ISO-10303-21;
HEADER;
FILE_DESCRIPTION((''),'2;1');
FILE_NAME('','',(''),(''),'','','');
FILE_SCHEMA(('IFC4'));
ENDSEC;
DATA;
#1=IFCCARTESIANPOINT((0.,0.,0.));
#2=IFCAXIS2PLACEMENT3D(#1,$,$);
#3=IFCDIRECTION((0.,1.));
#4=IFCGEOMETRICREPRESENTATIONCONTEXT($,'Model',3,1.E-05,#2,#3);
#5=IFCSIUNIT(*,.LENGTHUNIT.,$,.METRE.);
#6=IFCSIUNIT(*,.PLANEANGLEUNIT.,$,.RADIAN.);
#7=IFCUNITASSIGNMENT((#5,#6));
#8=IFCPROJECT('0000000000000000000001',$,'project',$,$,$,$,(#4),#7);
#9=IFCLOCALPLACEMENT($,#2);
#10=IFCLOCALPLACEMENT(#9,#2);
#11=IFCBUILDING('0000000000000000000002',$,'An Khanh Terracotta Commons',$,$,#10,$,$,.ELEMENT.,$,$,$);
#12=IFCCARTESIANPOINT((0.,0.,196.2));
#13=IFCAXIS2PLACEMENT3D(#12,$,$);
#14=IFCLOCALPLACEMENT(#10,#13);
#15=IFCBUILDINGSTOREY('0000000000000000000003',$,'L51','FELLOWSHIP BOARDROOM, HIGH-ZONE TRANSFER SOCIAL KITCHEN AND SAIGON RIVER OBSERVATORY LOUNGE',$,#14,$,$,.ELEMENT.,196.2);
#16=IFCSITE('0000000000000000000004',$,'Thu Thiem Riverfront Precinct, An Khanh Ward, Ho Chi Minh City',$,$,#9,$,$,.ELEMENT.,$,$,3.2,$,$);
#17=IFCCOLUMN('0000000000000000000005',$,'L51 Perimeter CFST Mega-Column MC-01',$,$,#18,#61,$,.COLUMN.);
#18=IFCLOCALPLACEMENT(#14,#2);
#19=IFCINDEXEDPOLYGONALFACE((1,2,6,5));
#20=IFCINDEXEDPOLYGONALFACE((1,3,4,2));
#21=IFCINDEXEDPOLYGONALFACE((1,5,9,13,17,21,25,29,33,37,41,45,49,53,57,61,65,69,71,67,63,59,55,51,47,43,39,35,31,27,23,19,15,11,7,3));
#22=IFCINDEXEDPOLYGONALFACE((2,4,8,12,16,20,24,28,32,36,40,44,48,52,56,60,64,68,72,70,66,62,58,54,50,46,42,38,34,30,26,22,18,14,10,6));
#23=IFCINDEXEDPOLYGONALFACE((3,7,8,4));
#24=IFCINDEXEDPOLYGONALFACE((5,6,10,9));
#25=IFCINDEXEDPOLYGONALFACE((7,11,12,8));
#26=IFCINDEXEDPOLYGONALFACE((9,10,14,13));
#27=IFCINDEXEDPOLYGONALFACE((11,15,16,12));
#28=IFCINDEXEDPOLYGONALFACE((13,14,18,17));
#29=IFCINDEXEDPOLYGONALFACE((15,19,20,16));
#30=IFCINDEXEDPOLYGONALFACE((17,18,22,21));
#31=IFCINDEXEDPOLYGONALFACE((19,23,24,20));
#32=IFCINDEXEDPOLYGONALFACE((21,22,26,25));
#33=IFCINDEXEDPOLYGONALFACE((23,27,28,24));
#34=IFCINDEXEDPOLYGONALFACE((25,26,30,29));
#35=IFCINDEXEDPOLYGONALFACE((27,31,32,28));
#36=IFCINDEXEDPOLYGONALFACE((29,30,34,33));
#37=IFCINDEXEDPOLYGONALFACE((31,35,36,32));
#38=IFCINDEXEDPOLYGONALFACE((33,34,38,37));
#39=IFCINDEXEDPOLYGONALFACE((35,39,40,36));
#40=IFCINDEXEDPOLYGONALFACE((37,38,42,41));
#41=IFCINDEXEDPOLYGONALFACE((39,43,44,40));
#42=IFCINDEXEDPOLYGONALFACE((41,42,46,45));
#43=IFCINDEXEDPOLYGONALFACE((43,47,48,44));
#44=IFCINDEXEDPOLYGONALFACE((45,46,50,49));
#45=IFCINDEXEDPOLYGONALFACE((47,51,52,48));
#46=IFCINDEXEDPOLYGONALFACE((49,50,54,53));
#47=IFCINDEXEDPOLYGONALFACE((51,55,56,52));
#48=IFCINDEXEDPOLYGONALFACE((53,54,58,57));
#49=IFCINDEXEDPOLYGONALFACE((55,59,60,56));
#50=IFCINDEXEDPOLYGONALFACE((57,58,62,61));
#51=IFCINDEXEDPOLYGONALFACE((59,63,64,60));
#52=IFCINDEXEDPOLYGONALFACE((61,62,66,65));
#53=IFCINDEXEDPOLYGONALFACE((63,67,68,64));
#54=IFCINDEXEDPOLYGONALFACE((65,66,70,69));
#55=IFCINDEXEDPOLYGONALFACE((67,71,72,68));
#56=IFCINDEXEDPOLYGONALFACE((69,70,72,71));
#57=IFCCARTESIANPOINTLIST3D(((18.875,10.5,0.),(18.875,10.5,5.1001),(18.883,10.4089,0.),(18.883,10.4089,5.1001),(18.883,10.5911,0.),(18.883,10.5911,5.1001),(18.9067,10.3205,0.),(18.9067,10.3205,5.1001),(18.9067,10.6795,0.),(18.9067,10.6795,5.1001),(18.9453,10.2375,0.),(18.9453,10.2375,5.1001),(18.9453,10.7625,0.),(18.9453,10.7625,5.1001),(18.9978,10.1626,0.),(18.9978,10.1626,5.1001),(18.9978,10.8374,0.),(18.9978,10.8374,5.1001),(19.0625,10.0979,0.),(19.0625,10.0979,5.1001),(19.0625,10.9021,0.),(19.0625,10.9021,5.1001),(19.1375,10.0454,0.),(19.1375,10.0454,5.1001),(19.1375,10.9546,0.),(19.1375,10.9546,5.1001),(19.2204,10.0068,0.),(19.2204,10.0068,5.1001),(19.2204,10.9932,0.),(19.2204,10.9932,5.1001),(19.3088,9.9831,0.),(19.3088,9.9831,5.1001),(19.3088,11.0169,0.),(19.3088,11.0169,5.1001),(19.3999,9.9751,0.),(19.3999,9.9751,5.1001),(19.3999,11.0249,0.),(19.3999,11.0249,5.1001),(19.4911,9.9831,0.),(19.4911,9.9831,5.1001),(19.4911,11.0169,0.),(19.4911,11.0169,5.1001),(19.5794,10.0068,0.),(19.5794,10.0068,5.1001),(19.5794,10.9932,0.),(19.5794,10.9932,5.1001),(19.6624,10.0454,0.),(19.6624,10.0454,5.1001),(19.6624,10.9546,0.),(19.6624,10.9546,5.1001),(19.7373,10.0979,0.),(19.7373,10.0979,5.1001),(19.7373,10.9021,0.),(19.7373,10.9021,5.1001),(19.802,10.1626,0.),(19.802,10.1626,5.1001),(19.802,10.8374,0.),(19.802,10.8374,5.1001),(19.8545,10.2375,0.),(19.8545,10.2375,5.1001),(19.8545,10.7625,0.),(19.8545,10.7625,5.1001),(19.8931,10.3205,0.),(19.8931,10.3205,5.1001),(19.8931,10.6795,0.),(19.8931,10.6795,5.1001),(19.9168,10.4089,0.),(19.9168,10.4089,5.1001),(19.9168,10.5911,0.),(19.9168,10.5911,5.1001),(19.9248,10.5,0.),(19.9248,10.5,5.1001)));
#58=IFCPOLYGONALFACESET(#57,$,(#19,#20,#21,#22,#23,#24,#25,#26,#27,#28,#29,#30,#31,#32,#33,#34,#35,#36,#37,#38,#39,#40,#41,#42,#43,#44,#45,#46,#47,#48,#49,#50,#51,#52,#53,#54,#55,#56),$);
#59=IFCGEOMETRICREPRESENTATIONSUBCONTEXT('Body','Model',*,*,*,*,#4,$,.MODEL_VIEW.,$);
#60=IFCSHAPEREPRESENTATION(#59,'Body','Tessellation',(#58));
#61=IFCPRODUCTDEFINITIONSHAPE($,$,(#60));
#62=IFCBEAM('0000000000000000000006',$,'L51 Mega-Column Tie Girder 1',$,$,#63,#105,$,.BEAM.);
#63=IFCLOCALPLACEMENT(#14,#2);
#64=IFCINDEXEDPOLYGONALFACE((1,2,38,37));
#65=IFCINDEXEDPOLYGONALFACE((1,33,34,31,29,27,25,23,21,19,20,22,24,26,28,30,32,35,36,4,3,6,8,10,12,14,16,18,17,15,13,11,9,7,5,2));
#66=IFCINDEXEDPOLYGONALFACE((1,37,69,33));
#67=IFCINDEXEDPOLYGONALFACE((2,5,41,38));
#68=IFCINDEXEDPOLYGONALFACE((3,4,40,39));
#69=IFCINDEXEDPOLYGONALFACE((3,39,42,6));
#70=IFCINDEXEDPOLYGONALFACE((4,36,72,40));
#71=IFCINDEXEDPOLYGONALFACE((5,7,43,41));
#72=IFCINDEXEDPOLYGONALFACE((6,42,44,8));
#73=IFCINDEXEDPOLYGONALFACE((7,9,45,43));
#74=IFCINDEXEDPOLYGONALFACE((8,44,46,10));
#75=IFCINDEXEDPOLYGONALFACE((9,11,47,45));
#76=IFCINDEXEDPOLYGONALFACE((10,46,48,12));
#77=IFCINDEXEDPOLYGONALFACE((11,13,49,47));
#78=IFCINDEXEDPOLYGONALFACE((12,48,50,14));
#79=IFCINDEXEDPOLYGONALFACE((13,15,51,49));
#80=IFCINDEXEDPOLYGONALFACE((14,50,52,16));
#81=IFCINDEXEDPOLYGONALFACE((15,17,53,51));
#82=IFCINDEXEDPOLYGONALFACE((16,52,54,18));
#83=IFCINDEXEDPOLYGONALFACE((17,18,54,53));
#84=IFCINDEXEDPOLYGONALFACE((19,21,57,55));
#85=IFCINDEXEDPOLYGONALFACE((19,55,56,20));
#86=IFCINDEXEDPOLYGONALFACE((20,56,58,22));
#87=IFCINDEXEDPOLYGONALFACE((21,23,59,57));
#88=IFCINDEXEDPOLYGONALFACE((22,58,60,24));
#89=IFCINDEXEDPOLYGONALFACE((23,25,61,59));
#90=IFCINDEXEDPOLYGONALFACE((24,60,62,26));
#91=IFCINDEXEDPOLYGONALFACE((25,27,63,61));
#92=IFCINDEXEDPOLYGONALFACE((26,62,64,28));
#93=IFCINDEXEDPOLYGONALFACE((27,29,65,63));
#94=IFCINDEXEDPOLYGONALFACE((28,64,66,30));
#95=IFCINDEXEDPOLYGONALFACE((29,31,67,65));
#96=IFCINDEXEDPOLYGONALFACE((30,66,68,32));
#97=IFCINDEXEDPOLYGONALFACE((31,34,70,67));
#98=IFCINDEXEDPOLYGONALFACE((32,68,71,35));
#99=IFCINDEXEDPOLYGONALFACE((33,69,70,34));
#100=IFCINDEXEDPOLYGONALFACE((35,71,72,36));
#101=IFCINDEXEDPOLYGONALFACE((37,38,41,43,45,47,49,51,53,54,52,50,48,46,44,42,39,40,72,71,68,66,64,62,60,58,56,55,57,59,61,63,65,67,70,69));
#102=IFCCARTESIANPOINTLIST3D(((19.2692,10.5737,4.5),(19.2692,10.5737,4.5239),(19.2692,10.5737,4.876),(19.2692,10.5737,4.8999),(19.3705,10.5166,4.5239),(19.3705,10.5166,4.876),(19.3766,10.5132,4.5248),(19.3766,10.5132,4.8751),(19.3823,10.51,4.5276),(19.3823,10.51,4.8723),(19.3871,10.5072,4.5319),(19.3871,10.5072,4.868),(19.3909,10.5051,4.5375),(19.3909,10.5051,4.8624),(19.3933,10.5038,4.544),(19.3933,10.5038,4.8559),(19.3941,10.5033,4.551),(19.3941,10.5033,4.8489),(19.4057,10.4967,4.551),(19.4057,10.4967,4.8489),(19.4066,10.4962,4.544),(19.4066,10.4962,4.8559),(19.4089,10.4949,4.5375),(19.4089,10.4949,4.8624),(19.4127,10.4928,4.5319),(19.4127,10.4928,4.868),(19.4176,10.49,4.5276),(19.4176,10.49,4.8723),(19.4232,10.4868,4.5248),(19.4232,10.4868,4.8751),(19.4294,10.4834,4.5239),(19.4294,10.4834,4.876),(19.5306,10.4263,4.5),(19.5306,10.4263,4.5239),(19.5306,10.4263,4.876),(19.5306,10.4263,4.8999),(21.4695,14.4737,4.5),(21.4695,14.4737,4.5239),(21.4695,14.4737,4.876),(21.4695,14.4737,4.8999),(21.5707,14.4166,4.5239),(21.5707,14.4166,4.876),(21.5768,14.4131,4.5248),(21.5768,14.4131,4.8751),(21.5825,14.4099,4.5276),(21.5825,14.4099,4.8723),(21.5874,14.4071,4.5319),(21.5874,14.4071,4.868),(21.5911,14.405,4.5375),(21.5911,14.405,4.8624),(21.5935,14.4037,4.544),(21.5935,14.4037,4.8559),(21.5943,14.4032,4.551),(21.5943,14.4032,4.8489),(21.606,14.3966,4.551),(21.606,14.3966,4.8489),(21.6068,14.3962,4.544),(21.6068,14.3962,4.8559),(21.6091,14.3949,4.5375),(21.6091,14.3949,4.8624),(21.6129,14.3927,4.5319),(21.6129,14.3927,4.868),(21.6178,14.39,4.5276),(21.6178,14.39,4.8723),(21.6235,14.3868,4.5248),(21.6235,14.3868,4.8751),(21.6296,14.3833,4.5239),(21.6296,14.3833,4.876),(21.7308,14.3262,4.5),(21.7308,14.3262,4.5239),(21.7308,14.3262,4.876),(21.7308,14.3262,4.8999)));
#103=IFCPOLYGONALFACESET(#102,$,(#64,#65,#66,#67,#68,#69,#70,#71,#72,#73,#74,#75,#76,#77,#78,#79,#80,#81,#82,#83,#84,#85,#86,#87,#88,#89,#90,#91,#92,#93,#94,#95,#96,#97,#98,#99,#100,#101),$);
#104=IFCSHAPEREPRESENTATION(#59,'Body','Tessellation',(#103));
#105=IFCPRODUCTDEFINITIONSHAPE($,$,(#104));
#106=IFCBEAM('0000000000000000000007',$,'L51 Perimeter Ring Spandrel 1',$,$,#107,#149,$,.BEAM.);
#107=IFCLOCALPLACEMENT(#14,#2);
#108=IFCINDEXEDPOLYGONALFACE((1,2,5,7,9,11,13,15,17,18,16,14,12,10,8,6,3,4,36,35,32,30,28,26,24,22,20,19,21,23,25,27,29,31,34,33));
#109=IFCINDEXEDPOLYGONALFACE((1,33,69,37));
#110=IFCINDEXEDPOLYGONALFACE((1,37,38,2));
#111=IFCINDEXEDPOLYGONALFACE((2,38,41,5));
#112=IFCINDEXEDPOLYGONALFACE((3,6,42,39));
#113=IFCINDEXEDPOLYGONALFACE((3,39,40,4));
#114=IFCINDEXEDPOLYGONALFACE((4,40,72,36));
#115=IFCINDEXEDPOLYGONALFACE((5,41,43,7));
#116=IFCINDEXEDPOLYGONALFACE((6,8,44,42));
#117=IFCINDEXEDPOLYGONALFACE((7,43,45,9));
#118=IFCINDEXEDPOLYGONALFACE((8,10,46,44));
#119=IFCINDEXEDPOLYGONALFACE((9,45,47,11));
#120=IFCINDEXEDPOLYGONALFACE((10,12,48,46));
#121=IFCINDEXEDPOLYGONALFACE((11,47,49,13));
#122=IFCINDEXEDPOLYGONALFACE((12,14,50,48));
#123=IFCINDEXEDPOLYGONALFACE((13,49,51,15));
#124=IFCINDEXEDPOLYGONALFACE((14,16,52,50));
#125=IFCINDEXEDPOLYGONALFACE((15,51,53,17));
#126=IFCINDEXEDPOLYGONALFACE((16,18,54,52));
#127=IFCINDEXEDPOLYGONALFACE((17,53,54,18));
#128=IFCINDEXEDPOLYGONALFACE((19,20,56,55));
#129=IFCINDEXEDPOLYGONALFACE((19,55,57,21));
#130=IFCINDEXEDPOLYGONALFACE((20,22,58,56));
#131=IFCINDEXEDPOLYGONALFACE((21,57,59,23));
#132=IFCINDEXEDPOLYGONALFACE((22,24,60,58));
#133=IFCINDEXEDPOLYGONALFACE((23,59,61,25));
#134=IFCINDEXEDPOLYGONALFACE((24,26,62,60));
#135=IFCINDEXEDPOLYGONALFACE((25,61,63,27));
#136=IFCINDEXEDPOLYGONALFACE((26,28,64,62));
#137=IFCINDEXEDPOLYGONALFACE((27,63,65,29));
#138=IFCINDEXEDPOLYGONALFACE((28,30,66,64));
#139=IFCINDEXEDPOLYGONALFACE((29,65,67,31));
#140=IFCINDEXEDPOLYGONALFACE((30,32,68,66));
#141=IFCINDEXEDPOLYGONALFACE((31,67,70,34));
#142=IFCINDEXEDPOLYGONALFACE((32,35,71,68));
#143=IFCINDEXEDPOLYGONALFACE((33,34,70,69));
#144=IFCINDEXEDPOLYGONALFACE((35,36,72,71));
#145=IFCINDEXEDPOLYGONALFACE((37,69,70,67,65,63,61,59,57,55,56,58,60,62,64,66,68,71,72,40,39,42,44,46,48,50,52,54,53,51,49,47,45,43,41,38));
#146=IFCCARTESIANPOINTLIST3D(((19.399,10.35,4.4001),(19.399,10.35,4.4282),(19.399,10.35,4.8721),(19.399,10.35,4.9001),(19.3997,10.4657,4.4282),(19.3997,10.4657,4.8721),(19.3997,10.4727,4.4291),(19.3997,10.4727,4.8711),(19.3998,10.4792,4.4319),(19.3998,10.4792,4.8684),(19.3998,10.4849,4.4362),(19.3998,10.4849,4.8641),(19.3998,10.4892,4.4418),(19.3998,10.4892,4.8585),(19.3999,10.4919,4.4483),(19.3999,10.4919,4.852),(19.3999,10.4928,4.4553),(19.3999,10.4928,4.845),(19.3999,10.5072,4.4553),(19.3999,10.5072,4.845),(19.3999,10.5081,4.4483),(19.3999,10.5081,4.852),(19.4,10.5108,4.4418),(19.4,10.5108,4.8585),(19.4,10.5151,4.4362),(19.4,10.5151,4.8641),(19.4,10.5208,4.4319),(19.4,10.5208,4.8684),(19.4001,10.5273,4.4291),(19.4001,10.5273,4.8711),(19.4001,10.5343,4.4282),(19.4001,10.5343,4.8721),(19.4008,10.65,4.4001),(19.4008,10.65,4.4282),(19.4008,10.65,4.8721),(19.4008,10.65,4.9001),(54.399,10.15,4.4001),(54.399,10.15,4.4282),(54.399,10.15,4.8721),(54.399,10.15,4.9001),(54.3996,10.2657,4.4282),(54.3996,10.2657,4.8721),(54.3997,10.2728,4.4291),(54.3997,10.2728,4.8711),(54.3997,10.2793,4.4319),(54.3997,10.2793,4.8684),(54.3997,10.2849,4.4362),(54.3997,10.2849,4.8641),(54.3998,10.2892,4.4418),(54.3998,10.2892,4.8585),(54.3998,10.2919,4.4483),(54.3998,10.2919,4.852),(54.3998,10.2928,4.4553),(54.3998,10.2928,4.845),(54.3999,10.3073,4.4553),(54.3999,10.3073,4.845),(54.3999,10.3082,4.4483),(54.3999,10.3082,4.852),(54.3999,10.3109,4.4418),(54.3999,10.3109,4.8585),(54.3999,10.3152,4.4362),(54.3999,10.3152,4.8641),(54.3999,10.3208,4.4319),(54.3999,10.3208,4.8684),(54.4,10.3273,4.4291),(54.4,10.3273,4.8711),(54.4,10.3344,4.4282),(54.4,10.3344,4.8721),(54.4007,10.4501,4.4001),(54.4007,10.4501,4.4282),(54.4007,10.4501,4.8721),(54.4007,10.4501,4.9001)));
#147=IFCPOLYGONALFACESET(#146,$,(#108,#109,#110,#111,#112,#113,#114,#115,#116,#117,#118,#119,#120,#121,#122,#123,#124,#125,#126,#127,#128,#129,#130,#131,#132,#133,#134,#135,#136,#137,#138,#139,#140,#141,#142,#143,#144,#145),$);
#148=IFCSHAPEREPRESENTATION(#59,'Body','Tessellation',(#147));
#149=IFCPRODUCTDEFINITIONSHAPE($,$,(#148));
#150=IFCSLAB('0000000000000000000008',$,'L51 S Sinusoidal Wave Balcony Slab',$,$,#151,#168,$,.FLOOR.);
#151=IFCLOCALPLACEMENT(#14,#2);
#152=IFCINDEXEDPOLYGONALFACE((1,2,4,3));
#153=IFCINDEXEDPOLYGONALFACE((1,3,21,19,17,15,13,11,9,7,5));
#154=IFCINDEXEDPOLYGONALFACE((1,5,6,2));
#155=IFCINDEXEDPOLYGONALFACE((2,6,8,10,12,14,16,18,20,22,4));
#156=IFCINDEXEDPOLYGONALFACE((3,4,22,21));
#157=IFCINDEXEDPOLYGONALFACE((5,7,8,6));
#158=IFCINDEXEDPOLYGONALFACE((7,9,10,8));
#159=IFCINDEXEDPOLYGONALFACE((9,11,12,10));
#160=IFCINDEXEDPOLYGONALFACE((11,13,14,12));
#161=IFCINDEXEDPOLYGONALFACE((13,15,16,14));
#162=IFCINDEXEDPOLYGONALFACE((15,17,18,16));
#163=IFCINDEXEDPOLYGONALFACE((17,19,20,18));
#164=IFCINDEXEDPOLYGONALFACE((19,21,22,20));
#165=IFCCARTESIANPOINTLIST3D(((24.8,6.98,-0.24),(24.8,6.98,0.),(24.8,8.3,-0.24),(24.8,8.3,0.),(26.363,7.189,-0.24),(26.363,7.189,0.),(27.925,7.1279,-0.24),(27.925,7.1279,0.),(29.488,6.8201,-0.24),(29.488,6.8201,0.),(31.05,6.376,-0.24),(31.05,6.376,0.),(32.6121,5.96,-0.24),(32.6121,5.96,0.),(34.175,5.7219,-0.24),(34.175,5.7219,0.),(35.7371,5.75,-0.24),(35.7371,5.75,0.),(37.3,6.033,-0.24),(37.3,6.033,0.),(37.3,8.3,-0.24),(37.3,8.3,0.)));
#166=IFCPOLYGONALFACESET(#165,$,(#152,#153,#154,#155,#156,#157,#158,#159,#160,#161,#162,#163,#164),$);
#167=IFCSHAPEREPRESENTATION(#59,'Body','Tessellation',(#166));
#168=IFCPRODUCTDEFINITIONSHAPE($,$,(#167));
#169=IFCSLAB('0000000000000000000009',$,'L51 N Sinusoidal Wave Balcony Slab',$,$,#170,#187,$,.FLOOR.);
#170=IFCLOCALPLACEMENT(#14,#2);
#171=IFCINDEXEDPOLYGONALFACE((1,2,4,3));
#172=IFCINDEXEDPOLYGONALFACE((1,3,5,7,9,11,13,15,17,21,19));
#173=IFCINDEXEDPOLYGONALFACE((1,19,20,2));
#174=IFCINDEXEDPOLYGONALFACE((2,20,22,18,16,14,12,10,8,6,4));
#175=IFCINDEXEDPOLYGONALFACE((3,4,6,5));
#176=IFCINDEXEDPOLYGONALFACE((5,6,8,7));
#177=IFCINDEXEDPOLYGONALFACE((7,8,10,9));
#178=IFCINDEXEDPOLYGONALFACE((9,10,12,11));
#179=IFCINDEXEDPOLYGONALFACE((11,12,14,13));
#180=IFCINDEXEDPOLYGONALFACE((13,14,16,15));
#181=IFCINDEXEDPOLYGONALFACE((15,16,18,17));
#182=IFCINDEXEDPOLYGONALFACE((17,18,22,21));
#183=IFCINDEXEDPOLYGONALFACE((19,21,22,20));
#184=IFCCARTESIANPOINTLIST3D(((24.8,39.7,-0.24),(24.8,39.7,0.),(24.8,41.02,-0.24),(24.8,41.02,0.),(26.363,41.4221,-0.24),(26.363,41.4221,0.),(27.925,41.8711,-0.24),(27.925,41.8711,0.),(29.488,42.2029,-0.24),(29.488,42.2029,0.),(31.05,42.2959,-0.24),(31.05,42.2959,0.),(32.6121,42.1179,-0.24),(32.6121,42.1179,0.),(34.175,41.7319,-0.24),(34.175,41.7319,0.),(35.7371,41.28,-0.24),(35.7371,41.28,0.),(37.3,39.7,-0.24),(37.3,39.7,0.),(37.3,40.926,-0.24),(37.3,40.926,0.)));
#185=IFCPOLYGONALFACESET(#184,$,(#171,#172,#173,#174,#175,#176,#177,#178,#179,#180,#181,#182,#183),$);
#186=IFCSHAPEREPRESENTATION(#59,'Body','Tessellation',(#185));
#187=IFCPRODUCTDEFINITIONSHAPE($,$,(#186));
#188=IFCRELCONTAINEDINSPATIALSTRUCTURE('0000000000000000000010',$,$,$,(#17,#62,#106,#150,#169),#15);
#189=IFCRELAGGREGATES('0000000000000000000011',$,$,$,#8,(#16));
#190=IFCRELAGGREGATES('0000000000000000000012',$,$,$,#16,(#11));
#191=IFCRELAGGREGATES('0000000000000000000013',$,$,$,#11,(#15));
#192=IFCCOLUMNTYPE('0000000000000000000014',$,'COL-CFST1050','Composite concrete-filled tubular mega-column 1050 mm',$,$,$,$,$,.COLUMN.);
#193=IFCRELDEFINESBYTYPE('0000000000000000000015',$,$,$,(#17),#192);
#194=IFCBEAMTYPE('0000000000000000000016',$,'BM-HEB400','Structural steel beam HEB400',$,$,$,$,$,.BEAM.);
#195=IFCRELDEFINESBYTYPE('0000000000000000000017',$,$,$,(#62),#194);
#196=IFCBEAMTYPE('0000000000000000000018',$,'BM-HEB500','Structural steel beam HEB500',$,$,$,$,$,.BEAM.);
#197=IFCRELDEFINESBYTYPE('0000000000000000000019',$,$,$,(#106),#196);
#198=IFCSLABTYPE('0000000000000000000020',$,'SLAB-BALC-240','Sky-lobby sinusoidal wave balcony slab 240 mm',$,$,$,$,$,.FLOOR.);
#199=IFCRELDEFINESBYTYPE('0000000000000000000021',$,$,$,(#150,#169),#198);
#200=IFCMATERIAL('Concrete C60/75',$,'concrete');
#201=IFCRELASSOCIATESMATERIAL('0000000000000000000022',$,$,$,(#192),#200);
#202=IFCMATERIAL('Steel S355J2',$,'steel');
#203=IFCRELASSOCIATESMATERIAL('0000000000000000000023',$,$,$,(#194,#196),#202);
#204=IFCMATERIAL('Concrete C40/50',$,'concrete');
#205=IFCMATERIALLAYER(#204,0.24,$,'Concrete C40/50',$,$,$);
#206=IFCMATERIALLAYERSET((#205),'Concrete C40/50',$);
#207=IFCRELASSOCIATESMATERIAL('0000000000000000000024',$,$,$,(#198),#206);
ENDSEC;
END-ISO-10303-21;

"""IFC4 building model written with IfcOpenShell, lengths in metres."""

from ifc_helpers import new_model, si_unit, direction, frame, origin, origin_2d, place, context, subcontext, project, spatial, polyline, circle, i_section, outline, extrude, material, layer, layer_set, material_profile, profile_set, type_object, element, save


model = new_model("IFC4")

# Units and contexts
model_context = context("Model", 3, precision=1e-05, world=origin(), true_north=direction((0.0, 1.0)))
body_context = subcontext(model_context, "Body", "Model", "MODEL_VIEW")
ifc_project = project(units=[si_unit("LENGTHUNIT", "METRE"), si_unit("PLANEANGLEUNIT", "RADIAN")], contexts=[model_context])

# Site, building, storey
site_placement = place(None, origin())
site = spatial("IfcSite", under=ifc_project, at=site_placement, Name="Thu Thiem Riverfront Precinct, An Khanh Ward, Ho Chi Minh City", CompositionType="ELEMENT", RefElevation=3.2)
building_placement = place(site_placement, origin())
building = spatial("IfcBuilding", under=site, at=building_placement, Name="An Khanh Terracotta Commons", CompositionType="ELEMENT")
storey_placement = place(building_placement, frame((0.0, 0.0, 196.2)))
storey = spatial("IfcBuildingStorey", under=building, at=storey_placement, Name="L51", Description="FELLOWSHIP BOARDROOM, HIGH-ZONE TRANSFER SOCIAL KITCHEN AND SAIGON RIVER OBSERVATORY LOUNGE", CompositionType="ELEMENT", Elevation=196.2)

# Column
ifc_material_1 = material(Name="Concrete C60/75", Category="concrete")
ifc_material_profile_1 = material_profile(ifc_material_1, circle(Radius=0.5249, at=origin_2d()), Name="CFST1050")
ifc_profile_set_1 = profile_set([ifc_material_profile_1], Name="Concrete C60/75")
column_type = type_object("IfcColumnType", Name="COL-CFST1050", Description="Composite concrete-filled tubular mega-column 1050 mm", PredefinedType="COLUMN", material=ifc_profile_set_1)
column_placement = place(storey_placement, frame((19.3999, 10.5, 0.0), z_axis=(0.0, 0.0, 1.0), x_axis=(1.0, 0.0, 0.0)))
element("IfcColumn", 1, at=column_placement, inside=storey, type_object=column_type, Name="L51 Perimeter CFST Mega-Column MC-01", PredefinedType="COLUMN", context=body_context, shape_type="SweptSolid", body=[
    extrude(circle(Radius=0.5249, at=origin_2d()), origin(), (0.0, 0.0, 1.0), 5.1001),
])

# Beams
ifc_material_2 = material(Name="Steel S355J2", Category="steel")
ifc_material_profile_2 = material_profile(ifc_material_2, i_section(OverallWidth=0.3, OverallDepth=0.3999, WebThickness=0.0134, FlangeThickness=0.0239, FilletRadius=0.0271, at=origin_2d()), Name="HEB400")
ifc_profile_set_2 = profile_set([ifc_material_profile_2], Name="Steel S355J2")
beam_type_1 = type_object("IfcBeamType", Name="BM-HEB400", Description="Structural steel beam HEB400", PredefinedType="BEAM", material=ifc_profile_set_2)
beam_1_placement = place(storey_placement, frame((19.3999, 10.5, 4.7), z_axis=(0.491364, 0.870955, 0.0), x_axis=(-0.870955, 0.491364, 0.0)))
element("IfcBeam", 2, at=beam_1_placement, inside=storey, type_object=beam_type_1, Name="L51 Mega-Column Tie Girder 1", PredefinedType="BEAM", context=body_context, shape_type="SweptSolid", body=[
    extrude(i_section(OverallWidth=0.3, OverallDepth=0.3999, WebThickness=0.0134, FlangeThickness=0.0239, FilletRadius=0.0271, at=origin_2d()), origin(), (0.0, 0.0, 1.0), 4.4778),
])
ifc_material_profile_3 = material_profile(ifc_material_2, i_section(OverallWidth=0.3, OverallDepth=0.5, WebThickness=0.0144, FlangeThickness=0.0281, FilletRadius=0.0271, at=origin_2d()), Name="HEB500")
ifc_profile_set_3 = profile_set([ifc_material_profile_3], Name="Steel S355J2")
beam_type_2 = type_object("IfcBeamType", Name="BM-HEB500", Description="Structural steel beam HEB500", PredefinedType="BEAM", material=ifc_profile_set_3)
beam_2_placement = place(storey_placement, frame((19.3999, 10.5, 4.6501), z_axis=(0.999984, -0.005713, 0.0), x_axis=(0.005713, 0.999984, 0.0)))
element("IfcBeam", 3, at=beam_2_placement, inside=storey, type_object=beam_type_2, Name="L51 Perimeter Ring Spandrel 1", PredefinedType="BEAM", context=body_context, shape_type="SweptSolid", body=[
    extrude(i_section(OverallWidth=0.3, OverallDepth=0.5, WebThickness=0.0144, FlangeThickness=0.0281, FilletRadius=0.0271, at=origin_2d()), origin(), (0.0, 0.0, 1.0), 35.0005),
])

# Slabs
ifc_material_3 = material(Name="Concrete C40/50", Category="concrete")
ifc_layer_1 = layer(ifc_material_3, 0.24, Name="Concrete C40/50")
ifc_layer_set_1 = layer_set([ifc_layer_1], Name="Concrete C40/50")
slab_type_1 = type_object("IfcSlabType", Name="SLAB-BALC-240", Description="Sky-lobby sinusoidal wave balcony slab 240 mm", PredefinedType="FLOOR", material=ifc_layer_set_1)
slab_1_placement = place(storey_placement, frame((0.0, 0.0, -0.24)))
element("IfcSlab", 4, at=slab_1_placement, inside=storey, type_object=slab_type_1, Name="L51 S Sinusoidal Wave Balcony Slab", PredefinedType="FLOOR", context=body_context, shape_type="SweptSolid", body=[
    extrude(outline(polyline([(24.8, 8.3), (24.8, 6.98), (26.363, 7.189), (27.925, 7.1279), (29.488, 6.8201), (31.05, 6.376), (32.6121, 5.96), (34.175, 5.7219), (35.7371, 5.75), (37.3, 6.033), (37.3, 8.3), (24.8, 8.3)])), origin(), (0.0, 0.0, 1.0), 0.24),
])
slab_2_placement = place(storey_placement, frame((0.0, 0.0, -0.24)))
element("IfcSlab", 5, at=slab_2_placement, inside=storey, type_object=slab_type_1, Name="L51 N Sinusoidal Wave Balcony Slab", PredefinedType="FLOOR", context=body_context, shape_type="SweptSolid", body=[
    extrude(outline(polyline([(37.3, 39.7), (37.3, 40.926), (35.7371, 41.28), (34.175, 41.7319), (32.6121, 42.1179), (31.05, 42.2959), (29.488, 42.2029), (27.925, 41.8711), (26.363, 41.4221), (24.8, 41.02), (24.8, 39.7), (37.3, 39.7)])), origin(), (0.0, 0.0, 1.0), 0.24),
])

save(model, "model.ifc")
